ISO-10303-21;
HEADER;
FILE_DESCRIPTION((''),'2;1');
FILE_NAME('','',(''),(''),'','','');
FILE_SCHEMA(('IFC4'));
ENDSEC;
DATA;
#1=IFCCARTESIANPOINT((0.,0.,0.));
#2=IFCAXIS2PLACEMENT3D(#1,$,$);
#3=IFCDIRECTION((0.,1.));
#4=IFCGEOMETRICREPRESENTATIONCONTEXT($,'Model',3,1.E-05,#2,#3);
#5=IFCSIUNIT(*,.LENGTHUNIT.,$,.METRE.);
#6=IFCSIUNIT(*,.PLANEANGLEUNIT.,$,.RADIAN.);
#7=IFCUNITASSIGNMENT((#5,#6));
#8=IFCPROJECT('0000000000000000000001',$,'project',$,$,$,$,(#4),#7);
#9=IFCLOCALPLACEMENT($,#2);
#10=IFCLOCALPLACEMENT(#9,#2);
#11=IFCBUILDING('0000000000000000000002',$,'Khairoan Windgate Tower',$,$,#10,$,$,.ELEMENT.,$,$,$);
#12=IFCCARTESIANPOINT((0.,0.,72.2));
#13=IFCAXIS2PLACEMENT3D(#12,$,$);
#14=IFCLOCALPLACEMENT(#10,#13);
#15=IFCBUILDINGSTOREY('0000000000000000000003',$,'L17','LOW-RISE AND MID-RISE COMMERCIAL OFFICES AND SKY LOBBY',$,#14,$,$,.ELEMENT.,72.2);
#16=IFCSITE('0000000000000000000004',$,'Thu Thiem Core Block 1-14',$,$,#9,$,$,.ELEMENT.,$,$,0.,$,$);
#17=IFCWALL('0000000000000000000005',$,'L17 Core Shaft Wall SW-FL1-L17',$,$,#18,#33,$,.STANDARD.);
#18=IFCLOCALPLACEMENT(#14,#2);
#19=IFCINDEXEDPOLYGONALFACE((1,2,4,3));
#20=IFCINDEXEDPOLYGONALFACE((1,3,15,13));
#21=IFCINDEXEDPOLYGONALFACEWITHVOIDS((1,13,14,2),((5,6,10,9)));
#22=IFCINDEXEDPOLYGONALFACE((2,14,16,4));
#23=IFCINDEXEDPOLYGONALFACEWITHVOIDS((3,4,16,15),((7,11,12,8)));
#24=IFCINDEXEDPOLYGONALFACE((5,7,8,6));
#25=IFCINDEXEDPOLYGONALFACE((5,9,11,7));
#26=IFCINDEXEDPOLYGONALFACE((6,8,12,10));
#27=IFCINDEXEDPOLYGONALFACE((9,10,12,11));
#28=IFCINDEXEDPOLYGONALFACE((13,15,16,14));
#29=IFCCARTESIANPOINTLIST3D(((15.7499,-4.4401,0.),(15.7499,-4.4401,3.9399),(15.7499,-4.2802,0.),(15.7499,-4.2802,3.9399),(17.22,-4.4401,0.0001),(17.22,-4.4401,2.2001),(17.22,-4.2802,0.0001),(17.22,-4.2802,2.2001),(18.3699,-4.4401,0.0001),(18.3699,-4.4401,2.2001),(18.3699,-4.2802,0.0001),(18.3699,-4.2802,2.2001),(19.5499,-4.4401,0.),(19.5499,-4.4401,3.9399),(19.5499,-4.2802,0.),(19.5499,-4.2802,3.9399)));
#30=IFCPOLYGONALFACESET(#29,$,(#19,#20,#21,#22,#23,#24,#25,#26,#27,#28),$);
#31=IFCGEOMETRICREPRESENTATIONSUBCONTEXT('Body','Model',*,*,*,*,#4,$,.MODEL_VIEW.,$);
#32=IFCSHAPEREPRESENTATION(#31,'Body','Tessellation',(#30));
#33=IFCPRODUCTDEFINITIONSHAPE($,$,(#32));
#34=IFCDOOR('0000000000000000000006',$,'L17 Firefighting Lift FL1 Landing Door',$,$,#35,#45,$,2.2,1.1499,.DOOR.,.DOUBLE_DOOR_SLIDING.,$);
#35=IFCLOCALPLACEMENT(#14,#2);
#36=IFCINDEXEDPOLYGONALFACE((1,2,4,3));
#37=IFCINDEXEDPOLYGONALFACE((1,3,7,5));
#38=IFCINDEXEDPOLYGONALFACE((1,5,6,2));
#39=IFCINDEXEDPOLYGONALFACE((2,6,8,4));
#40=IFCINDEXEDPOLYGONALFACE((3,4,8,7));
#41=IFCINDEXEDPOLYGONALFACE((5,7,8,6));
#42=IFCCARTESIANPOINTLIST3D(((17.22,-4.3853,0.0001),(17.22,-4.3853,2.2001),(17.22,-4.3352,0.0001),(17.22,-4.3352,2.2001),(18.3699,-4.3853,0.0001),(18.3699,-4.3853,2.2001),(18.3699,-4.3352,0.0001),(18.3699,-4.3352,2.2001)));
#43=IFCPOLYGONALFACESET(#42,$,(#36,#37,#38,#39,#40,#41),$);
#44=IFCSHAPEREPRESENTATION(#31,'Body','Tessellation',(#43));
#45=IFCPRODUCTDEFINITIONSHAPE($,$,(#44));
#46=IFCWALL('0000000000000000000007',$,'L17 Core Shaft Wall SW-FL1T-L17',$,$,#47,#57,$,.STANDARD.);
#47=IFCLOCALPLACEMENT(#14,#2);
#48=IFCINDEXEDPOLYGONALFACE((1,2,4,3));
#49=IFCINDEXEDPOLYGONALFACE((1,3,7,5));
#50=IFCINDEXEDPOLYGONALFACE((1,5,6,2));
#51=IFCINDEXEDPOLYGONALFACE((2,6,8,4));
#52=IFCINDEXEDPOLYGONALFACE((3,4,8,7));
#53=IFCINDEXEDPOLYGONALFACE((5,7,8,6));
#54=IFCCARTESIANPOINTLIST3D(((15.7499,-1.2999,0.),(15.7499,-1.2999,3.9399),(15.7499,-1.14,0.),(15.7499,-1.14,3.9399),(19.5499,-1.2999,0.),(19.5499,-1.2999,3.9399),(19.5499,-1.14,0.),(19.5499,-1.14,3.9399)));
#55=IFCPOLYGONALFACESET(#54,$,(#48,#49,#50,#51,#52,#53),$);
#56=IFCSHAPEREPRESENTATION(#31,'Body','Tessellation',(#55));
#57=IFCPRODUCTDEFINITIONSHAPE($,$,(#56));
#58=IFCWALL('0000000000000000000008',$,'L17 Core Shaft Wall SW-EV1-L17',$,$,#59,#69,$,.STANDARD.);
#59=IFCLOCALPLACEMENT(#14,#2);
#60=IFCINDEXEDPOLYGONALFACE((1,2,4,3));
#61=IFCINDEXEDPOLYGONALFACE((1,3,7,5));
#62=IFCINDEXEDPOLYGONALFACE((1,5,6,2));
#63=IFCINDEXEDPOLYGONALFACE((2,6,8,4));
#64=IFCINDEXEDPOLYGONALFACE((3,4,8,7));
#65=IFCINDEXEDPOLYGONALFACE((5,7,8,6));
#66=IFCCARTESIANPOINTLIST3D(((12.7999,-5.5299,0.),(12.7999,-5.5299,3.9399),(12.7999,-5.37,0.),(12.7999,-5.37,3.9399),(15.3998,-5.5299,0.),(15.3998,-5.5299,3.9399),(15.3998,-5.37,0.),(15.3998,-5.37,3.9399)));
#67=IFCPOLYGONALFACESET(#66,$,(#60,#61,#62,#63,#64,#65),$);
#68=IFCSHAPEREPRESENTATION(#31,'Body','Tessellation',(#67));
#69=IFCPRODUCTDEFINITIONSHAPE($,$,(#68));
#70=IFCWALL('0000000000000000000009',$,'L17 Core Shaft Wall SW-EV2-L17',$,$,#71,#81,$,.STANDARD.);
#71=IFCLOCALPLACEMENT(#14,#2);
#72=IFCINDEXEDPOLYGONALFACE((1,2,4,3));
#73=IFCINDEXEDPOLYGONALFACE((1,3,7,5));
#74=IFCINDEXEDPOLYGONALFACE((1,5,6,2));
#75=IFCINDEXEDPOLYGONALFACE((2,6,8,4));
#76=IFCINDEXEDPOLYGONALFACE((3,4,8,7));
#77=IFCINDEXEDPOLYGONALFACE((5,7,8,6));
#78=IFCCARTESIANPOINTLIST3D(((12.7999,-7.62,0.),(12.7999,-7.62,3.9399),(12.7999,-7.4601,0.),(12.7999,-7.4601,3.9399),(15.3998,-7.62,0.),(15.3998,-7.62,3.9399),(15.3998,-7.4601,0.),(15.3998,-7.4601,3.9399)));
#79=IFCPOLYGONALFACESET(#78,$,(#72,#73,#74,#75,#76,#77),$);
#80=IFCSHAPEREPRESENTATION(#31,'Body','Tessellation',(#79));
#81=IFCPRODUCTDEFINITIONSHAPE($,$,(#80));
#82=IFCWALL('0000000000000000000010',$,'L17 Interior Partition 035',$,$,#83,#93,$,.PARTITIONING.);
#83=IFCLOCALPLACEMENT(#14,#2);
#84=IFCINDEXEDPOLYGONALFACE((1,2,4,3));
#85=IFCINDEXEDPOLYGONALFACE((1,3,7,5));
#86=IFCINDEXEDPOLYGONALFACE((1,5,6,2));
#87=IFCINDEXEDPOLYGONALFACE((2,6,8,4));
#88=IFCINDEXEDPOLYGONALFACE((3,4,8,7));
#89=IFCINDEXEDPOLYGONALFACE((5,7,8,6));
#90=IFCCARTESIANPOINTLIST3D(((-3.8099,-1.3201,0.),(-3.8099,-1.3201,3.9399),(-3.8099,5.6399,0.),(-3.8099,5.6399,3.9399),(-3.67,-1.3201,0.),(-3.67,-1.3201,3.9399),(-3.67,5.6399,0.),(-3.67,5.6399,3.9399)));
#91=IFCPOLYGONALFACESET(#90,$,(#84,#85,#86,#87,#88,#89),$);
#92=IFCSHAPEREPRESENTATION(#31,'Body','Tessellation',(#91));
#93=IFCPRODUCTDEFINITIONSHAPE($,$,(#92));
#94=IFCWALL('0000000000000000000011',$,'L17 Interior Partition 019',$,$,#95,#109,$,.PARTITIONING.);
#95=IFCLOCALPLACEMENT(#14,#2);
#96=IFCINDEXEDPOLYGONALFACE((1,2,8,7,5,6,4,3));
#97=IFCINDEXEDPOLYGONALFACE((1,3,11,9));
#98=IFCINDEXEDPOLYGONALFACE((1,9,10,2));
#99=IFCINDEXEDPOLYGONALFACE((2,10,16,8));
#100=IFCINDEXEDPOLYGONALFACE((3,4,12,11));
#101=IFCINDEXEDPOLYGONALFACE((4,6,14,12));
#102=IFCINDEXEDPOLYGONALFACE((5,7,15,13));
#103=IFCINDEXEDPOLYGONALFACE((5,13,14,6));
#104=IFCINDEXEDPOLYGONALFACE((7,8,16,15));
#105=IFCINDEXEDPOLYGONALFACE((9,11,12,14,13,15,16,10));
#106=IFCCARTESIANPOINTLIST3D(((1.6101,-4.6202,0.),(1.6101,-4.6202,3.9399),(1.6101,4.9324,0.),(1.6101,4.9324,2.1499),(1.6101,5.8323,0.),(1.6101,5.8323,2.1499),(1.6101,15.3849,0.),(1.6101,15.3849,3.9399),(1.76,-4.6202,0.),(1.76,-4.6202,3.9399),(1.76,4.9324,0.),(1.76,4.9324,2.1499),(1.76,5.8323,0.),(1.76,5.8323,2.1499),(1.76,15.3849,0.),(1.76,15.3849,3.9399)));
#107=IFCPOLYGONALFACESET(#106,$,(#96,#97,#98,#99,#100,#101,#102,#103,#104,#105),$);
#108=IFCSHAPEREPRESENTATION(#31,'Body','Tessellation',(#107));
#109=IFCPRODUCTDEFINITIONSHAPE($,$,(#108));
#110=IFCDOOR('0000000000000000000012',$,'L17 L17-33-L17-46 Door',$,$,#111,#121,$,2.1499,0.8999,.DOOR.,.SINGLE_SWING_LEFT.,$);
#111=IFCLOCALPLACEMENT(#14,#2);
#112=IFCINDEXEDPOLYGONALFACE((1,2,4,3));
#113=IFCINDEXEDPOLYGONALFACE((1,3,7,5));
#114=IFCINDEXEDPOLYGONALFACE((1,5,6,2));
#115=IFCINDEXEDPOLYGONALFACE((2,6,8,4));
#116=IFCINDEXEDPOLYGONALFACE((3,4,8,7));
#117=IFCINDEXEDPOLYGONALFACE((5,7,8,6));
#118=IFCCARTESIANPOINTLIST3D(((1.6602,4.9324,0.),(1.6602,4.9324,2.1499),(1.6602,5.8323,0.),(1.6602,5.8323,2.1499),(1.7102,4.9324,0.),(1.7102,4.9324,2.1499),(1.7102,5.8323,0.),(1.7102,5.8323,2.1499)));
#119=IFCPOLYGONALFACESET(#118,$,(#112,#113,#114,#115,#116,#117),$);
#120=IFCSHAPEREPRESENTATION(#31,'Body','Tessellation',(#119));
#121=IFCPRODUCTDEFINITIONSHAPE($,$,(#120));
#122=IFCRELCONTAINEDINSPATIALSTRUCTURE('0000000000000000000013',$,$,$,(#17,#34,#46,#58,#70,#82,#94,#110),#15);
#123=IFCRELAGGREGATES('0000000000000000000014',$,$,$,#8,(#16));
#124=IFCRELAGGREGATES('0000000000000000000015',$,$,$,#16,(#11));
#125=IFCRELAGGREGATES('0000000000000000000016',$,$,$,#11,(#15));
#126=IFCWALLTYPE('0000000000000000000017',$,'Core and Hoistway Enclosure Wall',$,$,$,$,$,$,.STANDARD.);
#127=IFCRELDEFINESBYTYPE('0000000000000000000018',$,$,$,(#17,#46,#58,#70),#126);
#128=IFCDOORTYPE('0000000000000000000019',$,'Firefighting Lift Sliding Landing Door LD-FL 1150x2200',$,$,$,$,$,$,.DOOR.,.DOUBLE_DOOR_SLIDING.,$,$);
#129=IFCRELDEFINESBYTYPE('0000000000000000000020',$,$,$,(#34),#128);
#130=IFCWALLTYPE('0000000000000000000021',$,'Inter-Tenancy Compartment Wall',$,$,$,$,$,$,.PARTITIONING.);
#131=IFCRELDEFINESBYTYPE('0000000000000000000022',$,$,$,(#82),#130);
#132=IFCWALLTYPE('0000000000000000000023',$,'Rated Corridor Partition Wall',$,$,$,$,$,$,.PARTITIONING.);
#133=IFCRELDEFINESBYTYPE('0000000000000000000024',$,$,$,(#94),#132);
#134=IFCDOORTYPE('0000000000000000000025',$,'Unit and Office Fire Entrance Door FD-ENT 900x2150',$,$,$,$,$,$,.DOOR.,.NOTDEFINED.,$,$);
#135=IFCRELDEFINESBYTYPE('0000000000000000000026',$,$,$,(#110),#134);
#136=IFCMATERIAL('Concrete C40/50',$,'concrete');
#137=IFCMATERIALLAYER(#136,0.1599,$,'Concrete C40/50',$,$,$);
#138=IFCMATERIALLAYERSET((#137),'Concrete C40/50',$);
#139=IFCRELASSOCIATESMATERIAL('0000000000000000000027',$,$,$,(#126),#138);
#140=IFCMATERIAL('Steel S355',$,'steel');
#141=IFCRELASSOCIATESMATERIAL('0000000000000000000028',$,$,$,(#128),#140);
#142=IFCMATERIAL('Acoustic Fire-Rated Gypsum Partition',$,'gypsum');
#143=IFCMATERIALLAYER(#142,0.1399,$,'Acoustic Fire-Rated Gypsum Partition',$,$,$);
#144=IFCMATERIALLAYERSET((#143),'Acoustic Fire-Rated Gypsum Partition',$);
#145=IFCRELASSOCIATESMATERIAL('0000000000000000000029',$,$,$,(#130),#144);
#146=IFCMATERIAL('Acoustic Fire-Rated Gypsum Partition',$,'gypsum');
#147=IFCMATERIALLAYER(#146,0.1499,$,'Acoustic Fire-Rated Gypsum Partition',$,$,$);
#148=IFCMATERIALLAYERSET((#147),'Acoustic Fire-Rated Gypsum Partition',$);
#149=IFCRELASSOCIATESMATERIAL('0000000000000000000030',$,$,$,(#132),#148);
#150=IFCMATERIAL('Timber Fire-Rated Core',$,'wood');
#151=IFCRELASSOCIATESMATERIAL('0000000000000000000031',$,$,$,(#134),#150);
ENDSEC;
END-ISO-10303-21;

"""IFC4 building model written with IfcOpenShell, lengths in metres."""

from ifc_helpers import new_model, si_unit, direction, frame, frame_2d, origin, place, context, subcontext, project, spatial, rectangle, extrude, material, layer, layer_set, type_object, element, fill, save


model = new_model("IFC4")

# Units and contexts
model_context = context("Model", 3, precision=1e-05, world=origin(), true_north=direction((0.0, 1.0)))
body_context = subcontext(model_context, "Body", "Model", "MODEL_VIEW")
ifc_project = project(units=[si_unit("LENGTHUNIT", "METRE"), si_unit("PLANEANGLEUNIT", "RADIAN")], contexts=[model_context])

# Site, building, storey
site_placement = place(None, origin())
site = spatial("IfcSite", under=ifc_project, at=site_placement, Name="Thu Thiem Core Block 1-14", CompositionType="ELEMENT", RefElevation=0.0)
building_placement = place(site_placement, origin())
building = spatial("IfcBuilding", under=site, at=building_placement, Name="Khairoan Windgate Tower", CompositionType="ELEMENT")
storey_placement = place(building_placement, frame((0.0, 0.0, 72.2)))
storey = spatial("IfcBuildingStorey", under=building, at=storey_placement, Name="L17", Description="LOW-RISE AND MID-RISE COMMERCIAL OFFICES AND SKY LOBBY", CompositionType="ELEMENT", Elevation=72.2)

# Shared definitions
ifc_material_1 = material(Name="Concrete C40/50", Category="concrete")
ifc_layer_1 = layer(ifc_material_1, 0.1599, Name="Concrete C40/50")
ifc_layer_set_1 = layer_set([ifc_layer_1], Name="Concrete C40/50")
wall_type_1 = type_object("IfcWallType", Name="Core and Hoistway Enclosure Wall", PredefinedType="STANDARD", material=ifc_layer_set_1)

# Wall, opening, door
wall_1_placement = place(storey_placement, frame((15.75, -4.3601, 0.0), z_axis=(0.0, 0.0, 1.0), x_axis=(1.0, 0.0, 0.0)))
wall_1 = element("IfcWall", 1, at=wall_1_placement, inside=storey, type_object=wall_type_1, Name="L17 Core Shaft Wall SW-FL1-L17", PredefinedType="STANDARD", context=body_context, shape_type="SweptSolid", body=[
    extrude(rectangle(XDim=3.8, YDim=0.1599, at=frame_2d((1.8999, 0.0))), origin(), (0.0, 0.0, 1.0), 3.9399),
])
opening_1_placement = place(wall_1_placement, frame((1.47, 0.0, 0.0)))
opening_1 = element("IfcOpeningElement", 2, at=opening_1_placement, cuts=wall_1, PredefinedType="OPENING", context=body_context, shape_type="SweptSolid", body=[
    extrude(rectangle(XDim=1.1499, YDim=2.2, at=frame_2d((0.575, 1.1001))), frame((0.0, 0.0898, 0.0), z_axis=(0.0, -1.0, 0.0), x_axis=(1.0, 0.0, 0.0)), (0.0, 0.0, 1.0), 0.1799),
])
ifc_material_2 = material(Name="Steel S355", Category="steel")
door_type_1 = type_object("IfcDoorType", Name="Firefighting Lift Sliding Landing Door LD-FL 1150x2200", OperationType="DOUBLE_DOOR_SLIDING", PredefinedType="DOOR", material=ifc_material_2)
door_1_placement = place(opening_1_placement, origin())
door_1 = element("IfcDoor", 3, at=door_1_placement, inside=storey, type_object=door_type_1, Name="L17 Firefighting Lift FL1 Landing Door", OperationType="DOUBLE_DOOR_SLIDING", OverallHeight=2.2, OverallWidth=1.1499, PredefinedType="DOOR", context=body_context, shape_type="SweptSolid", body=[
    extrude(rectangle(XDim=1.1499, YDim=2.2, at=frame_2d((0.575, 1.1001))), frame((0.0, 0.0249, 0.0), z_axis=(0.0, -1.0, 0.0), x_axis=(1.0, 0.0, 0.0)), (0.0, 0.0, 1.0), 0.05),
])
fill(opening_1, door_1)

# Walls
wall_2_placement = place(storey_placement, frame((15.75, -1.22, 0.0), z_axis=(0.0, 0.0, 1.0), x_axis=(1.0, 0.0, 0.0)))
element("IfcWall", 4, at=wall_2_placement, inside=storey, type_object=wall_type_1, Name="L17 Core Shaft Wall SW-FL1T-L17", PredefinedType="STANDARD", context=body_context, shape_type="SweptSolid", body=[
    extrude(rectangle(XDim=3.8, YDim=0.1599, at=frame_2d((1.8999, 0.0))), origin(), (0.0, 0.0, 1.0), 3.9399),
])
for number, where, z_axis, x_axis, name in (
    (5, (12.8, -5.45, 0.0), (0.0, 0.0, 1.0), (1.0, 0.0, 0.0), "L17 Core Shaft Wall SW-EV1-L17"),
    (6, (12.8, -7.54, 0.0), (0.0, 0.0, 1.0), (1.0, 0.0, 0.0), "L17 Core Shaft Wall SW-EV2-L17"),
):
    element("IfcWall", number, at=place(storey_placement, frame(where, z_axis=z_axis, x_axis=x_axis)), inside=storey, type_object=wall_type_1, Name=name, PredefinedType="STANDARD", context=body_context, shape_type="SweptSolid", body=[
        extrude(rectangle(XDim=2.5999, YDim=0.1599, at=frame_2d((1.2998, 0.0))), origin(), (0.0, 0.0, 1.0), 3.9399),
    ])
ifc_material_3 = material(Name="Acoustic Fire-Rated Gypsum Partition", Category="gypsum")
ifc_layer_2 = layer(ifc_material_3, 0.1399, Name="Acoustic Fire-Rated Gypsum Partition")
ifc_layer_set_2 = layer_set([ifc_layer_2], Name="Acoustic Fire-Rated Gypsum Partition")
wall_type_2 = type_object("IfcWallType", Name="Inter-Tenancy Compartment Wall", PredefinedType="PARTITIONING", material=ifc_layer_set_2)
wall_3_placement = place(storey_placement, frame((-3.74, -1.3201, 0.0), z_axis=(0.0, 0.0, 1.0), x_axis=(0.0, 1.0, 0.0)))
element("IfcWall", 7, at=wall_3_placement, inside=storey, type_object=wall_type_2, Name="L17 Interior Partition 035", PredefinedType="PARTITIONING", context=body_context, shape_type="SweptSolid", body=[
    extrude(rectangle(XDim=6.96, YDim=0.1399, at=frame_2d((3.48, 0.0))), origin(), (0.0, 0.0, 1.0), 3.9399),
])

# Wall, opening, door
ifc_material_4 = material(Name="Acoustic Fire-Rated Gypsum Partition", Category="gypsum")
ifc_layer_3 = layer(ifc_material_4, 0.1499, Name="Acoustic Fire-Rated Gypsum Partition")
ifc_layer_set_3 = layer_set([ifc_layer_3], Name="Acoustic Fire-Rated Gypsum Partition")
wall_type_3 = type_object("IfcWallType", Name="Rated Corridor Partition Wall", PredefinedType="PARTITIONING", material=ifc_layer_set_3)
wall_4_placement = place(storey_placement, frame((1.6851, -4.6201, 0.0), z_axis=(0.0, 0.0, 1.0), x_axis=(0.0, 1.0, 0.0)))
wall_4 = element("IfcWall", 8, at=wall_4_placement, inside=storey, type_object=wall_type_3, Name="L17 Interior Partition 019", PredefinedType="PARTITIONING", context=body_context, shape_type="SweptSolid", body=[
    extrude(rectangle(XDim=20.0051, YDim=0.1499, at=frame_2d((10.0024, 0.0))), origin(), (0.0, 0.0, 1.0), 3.9399),
])
opening_2_placement = place(wall_4_placement, frame((9.5525, 0.0, 0.0)))
opening_2 = element("IfcOpeningElement", 9, at=opening_2_placement, cuts=wall_4, PredefinedType="OPENING", context=body_context, shape_type="SweptSolid", body=[
    extrude(rectangle(XDim=0.8999, YDim=2.1499, at=frame_2d((0.45, 1.075))), frame((0.0, 0.085, 0.0), z_axis=(0.0, -1.0, 0.0), x_axis=(1.0, 0.0, 0.0)), (0.0, 0.0, 1.0), 0.1699),
])
ifc_material_5 = material(Name="Timber Fire-Rated Core", Category="wood")
door_type_2 = type_object("IfcDoorType", Name="Unit and Office Fire Entrance Door FD-ENT 900x2150", OperationType="NOTDEFINED", PredefinedType="DOOR", material=ifc_material_5)
door_2_placement = place(opening_2_placement, origin())
door_2 = element("IfcDoor", 10, at=door_2_placement, inside=storey, type_object=door_type_2, Name="L17 L17-33-L17-46 Door", OperationType="SINGLE_SWING_LEFT", OverallHeight=2.1499, OverallWidth=0.8999, PredefinedType="DOOR", context=body_context, shape_type="SweptSolid", body=[
    extrude(rectangle(XDim=0.8999, YDim=2.1499, at=frame_2d((0.45, 1.075))), frame((0.0, 0.0249, 0.0), z_axis=(0.0, -1.0, 0.0), x_axis=(1.0, 0.0, 0.0)), (0.0, 0.0, 1.0), 0.05),
])
fill(opening_2, door_2)

save(model, "model.ifc")
